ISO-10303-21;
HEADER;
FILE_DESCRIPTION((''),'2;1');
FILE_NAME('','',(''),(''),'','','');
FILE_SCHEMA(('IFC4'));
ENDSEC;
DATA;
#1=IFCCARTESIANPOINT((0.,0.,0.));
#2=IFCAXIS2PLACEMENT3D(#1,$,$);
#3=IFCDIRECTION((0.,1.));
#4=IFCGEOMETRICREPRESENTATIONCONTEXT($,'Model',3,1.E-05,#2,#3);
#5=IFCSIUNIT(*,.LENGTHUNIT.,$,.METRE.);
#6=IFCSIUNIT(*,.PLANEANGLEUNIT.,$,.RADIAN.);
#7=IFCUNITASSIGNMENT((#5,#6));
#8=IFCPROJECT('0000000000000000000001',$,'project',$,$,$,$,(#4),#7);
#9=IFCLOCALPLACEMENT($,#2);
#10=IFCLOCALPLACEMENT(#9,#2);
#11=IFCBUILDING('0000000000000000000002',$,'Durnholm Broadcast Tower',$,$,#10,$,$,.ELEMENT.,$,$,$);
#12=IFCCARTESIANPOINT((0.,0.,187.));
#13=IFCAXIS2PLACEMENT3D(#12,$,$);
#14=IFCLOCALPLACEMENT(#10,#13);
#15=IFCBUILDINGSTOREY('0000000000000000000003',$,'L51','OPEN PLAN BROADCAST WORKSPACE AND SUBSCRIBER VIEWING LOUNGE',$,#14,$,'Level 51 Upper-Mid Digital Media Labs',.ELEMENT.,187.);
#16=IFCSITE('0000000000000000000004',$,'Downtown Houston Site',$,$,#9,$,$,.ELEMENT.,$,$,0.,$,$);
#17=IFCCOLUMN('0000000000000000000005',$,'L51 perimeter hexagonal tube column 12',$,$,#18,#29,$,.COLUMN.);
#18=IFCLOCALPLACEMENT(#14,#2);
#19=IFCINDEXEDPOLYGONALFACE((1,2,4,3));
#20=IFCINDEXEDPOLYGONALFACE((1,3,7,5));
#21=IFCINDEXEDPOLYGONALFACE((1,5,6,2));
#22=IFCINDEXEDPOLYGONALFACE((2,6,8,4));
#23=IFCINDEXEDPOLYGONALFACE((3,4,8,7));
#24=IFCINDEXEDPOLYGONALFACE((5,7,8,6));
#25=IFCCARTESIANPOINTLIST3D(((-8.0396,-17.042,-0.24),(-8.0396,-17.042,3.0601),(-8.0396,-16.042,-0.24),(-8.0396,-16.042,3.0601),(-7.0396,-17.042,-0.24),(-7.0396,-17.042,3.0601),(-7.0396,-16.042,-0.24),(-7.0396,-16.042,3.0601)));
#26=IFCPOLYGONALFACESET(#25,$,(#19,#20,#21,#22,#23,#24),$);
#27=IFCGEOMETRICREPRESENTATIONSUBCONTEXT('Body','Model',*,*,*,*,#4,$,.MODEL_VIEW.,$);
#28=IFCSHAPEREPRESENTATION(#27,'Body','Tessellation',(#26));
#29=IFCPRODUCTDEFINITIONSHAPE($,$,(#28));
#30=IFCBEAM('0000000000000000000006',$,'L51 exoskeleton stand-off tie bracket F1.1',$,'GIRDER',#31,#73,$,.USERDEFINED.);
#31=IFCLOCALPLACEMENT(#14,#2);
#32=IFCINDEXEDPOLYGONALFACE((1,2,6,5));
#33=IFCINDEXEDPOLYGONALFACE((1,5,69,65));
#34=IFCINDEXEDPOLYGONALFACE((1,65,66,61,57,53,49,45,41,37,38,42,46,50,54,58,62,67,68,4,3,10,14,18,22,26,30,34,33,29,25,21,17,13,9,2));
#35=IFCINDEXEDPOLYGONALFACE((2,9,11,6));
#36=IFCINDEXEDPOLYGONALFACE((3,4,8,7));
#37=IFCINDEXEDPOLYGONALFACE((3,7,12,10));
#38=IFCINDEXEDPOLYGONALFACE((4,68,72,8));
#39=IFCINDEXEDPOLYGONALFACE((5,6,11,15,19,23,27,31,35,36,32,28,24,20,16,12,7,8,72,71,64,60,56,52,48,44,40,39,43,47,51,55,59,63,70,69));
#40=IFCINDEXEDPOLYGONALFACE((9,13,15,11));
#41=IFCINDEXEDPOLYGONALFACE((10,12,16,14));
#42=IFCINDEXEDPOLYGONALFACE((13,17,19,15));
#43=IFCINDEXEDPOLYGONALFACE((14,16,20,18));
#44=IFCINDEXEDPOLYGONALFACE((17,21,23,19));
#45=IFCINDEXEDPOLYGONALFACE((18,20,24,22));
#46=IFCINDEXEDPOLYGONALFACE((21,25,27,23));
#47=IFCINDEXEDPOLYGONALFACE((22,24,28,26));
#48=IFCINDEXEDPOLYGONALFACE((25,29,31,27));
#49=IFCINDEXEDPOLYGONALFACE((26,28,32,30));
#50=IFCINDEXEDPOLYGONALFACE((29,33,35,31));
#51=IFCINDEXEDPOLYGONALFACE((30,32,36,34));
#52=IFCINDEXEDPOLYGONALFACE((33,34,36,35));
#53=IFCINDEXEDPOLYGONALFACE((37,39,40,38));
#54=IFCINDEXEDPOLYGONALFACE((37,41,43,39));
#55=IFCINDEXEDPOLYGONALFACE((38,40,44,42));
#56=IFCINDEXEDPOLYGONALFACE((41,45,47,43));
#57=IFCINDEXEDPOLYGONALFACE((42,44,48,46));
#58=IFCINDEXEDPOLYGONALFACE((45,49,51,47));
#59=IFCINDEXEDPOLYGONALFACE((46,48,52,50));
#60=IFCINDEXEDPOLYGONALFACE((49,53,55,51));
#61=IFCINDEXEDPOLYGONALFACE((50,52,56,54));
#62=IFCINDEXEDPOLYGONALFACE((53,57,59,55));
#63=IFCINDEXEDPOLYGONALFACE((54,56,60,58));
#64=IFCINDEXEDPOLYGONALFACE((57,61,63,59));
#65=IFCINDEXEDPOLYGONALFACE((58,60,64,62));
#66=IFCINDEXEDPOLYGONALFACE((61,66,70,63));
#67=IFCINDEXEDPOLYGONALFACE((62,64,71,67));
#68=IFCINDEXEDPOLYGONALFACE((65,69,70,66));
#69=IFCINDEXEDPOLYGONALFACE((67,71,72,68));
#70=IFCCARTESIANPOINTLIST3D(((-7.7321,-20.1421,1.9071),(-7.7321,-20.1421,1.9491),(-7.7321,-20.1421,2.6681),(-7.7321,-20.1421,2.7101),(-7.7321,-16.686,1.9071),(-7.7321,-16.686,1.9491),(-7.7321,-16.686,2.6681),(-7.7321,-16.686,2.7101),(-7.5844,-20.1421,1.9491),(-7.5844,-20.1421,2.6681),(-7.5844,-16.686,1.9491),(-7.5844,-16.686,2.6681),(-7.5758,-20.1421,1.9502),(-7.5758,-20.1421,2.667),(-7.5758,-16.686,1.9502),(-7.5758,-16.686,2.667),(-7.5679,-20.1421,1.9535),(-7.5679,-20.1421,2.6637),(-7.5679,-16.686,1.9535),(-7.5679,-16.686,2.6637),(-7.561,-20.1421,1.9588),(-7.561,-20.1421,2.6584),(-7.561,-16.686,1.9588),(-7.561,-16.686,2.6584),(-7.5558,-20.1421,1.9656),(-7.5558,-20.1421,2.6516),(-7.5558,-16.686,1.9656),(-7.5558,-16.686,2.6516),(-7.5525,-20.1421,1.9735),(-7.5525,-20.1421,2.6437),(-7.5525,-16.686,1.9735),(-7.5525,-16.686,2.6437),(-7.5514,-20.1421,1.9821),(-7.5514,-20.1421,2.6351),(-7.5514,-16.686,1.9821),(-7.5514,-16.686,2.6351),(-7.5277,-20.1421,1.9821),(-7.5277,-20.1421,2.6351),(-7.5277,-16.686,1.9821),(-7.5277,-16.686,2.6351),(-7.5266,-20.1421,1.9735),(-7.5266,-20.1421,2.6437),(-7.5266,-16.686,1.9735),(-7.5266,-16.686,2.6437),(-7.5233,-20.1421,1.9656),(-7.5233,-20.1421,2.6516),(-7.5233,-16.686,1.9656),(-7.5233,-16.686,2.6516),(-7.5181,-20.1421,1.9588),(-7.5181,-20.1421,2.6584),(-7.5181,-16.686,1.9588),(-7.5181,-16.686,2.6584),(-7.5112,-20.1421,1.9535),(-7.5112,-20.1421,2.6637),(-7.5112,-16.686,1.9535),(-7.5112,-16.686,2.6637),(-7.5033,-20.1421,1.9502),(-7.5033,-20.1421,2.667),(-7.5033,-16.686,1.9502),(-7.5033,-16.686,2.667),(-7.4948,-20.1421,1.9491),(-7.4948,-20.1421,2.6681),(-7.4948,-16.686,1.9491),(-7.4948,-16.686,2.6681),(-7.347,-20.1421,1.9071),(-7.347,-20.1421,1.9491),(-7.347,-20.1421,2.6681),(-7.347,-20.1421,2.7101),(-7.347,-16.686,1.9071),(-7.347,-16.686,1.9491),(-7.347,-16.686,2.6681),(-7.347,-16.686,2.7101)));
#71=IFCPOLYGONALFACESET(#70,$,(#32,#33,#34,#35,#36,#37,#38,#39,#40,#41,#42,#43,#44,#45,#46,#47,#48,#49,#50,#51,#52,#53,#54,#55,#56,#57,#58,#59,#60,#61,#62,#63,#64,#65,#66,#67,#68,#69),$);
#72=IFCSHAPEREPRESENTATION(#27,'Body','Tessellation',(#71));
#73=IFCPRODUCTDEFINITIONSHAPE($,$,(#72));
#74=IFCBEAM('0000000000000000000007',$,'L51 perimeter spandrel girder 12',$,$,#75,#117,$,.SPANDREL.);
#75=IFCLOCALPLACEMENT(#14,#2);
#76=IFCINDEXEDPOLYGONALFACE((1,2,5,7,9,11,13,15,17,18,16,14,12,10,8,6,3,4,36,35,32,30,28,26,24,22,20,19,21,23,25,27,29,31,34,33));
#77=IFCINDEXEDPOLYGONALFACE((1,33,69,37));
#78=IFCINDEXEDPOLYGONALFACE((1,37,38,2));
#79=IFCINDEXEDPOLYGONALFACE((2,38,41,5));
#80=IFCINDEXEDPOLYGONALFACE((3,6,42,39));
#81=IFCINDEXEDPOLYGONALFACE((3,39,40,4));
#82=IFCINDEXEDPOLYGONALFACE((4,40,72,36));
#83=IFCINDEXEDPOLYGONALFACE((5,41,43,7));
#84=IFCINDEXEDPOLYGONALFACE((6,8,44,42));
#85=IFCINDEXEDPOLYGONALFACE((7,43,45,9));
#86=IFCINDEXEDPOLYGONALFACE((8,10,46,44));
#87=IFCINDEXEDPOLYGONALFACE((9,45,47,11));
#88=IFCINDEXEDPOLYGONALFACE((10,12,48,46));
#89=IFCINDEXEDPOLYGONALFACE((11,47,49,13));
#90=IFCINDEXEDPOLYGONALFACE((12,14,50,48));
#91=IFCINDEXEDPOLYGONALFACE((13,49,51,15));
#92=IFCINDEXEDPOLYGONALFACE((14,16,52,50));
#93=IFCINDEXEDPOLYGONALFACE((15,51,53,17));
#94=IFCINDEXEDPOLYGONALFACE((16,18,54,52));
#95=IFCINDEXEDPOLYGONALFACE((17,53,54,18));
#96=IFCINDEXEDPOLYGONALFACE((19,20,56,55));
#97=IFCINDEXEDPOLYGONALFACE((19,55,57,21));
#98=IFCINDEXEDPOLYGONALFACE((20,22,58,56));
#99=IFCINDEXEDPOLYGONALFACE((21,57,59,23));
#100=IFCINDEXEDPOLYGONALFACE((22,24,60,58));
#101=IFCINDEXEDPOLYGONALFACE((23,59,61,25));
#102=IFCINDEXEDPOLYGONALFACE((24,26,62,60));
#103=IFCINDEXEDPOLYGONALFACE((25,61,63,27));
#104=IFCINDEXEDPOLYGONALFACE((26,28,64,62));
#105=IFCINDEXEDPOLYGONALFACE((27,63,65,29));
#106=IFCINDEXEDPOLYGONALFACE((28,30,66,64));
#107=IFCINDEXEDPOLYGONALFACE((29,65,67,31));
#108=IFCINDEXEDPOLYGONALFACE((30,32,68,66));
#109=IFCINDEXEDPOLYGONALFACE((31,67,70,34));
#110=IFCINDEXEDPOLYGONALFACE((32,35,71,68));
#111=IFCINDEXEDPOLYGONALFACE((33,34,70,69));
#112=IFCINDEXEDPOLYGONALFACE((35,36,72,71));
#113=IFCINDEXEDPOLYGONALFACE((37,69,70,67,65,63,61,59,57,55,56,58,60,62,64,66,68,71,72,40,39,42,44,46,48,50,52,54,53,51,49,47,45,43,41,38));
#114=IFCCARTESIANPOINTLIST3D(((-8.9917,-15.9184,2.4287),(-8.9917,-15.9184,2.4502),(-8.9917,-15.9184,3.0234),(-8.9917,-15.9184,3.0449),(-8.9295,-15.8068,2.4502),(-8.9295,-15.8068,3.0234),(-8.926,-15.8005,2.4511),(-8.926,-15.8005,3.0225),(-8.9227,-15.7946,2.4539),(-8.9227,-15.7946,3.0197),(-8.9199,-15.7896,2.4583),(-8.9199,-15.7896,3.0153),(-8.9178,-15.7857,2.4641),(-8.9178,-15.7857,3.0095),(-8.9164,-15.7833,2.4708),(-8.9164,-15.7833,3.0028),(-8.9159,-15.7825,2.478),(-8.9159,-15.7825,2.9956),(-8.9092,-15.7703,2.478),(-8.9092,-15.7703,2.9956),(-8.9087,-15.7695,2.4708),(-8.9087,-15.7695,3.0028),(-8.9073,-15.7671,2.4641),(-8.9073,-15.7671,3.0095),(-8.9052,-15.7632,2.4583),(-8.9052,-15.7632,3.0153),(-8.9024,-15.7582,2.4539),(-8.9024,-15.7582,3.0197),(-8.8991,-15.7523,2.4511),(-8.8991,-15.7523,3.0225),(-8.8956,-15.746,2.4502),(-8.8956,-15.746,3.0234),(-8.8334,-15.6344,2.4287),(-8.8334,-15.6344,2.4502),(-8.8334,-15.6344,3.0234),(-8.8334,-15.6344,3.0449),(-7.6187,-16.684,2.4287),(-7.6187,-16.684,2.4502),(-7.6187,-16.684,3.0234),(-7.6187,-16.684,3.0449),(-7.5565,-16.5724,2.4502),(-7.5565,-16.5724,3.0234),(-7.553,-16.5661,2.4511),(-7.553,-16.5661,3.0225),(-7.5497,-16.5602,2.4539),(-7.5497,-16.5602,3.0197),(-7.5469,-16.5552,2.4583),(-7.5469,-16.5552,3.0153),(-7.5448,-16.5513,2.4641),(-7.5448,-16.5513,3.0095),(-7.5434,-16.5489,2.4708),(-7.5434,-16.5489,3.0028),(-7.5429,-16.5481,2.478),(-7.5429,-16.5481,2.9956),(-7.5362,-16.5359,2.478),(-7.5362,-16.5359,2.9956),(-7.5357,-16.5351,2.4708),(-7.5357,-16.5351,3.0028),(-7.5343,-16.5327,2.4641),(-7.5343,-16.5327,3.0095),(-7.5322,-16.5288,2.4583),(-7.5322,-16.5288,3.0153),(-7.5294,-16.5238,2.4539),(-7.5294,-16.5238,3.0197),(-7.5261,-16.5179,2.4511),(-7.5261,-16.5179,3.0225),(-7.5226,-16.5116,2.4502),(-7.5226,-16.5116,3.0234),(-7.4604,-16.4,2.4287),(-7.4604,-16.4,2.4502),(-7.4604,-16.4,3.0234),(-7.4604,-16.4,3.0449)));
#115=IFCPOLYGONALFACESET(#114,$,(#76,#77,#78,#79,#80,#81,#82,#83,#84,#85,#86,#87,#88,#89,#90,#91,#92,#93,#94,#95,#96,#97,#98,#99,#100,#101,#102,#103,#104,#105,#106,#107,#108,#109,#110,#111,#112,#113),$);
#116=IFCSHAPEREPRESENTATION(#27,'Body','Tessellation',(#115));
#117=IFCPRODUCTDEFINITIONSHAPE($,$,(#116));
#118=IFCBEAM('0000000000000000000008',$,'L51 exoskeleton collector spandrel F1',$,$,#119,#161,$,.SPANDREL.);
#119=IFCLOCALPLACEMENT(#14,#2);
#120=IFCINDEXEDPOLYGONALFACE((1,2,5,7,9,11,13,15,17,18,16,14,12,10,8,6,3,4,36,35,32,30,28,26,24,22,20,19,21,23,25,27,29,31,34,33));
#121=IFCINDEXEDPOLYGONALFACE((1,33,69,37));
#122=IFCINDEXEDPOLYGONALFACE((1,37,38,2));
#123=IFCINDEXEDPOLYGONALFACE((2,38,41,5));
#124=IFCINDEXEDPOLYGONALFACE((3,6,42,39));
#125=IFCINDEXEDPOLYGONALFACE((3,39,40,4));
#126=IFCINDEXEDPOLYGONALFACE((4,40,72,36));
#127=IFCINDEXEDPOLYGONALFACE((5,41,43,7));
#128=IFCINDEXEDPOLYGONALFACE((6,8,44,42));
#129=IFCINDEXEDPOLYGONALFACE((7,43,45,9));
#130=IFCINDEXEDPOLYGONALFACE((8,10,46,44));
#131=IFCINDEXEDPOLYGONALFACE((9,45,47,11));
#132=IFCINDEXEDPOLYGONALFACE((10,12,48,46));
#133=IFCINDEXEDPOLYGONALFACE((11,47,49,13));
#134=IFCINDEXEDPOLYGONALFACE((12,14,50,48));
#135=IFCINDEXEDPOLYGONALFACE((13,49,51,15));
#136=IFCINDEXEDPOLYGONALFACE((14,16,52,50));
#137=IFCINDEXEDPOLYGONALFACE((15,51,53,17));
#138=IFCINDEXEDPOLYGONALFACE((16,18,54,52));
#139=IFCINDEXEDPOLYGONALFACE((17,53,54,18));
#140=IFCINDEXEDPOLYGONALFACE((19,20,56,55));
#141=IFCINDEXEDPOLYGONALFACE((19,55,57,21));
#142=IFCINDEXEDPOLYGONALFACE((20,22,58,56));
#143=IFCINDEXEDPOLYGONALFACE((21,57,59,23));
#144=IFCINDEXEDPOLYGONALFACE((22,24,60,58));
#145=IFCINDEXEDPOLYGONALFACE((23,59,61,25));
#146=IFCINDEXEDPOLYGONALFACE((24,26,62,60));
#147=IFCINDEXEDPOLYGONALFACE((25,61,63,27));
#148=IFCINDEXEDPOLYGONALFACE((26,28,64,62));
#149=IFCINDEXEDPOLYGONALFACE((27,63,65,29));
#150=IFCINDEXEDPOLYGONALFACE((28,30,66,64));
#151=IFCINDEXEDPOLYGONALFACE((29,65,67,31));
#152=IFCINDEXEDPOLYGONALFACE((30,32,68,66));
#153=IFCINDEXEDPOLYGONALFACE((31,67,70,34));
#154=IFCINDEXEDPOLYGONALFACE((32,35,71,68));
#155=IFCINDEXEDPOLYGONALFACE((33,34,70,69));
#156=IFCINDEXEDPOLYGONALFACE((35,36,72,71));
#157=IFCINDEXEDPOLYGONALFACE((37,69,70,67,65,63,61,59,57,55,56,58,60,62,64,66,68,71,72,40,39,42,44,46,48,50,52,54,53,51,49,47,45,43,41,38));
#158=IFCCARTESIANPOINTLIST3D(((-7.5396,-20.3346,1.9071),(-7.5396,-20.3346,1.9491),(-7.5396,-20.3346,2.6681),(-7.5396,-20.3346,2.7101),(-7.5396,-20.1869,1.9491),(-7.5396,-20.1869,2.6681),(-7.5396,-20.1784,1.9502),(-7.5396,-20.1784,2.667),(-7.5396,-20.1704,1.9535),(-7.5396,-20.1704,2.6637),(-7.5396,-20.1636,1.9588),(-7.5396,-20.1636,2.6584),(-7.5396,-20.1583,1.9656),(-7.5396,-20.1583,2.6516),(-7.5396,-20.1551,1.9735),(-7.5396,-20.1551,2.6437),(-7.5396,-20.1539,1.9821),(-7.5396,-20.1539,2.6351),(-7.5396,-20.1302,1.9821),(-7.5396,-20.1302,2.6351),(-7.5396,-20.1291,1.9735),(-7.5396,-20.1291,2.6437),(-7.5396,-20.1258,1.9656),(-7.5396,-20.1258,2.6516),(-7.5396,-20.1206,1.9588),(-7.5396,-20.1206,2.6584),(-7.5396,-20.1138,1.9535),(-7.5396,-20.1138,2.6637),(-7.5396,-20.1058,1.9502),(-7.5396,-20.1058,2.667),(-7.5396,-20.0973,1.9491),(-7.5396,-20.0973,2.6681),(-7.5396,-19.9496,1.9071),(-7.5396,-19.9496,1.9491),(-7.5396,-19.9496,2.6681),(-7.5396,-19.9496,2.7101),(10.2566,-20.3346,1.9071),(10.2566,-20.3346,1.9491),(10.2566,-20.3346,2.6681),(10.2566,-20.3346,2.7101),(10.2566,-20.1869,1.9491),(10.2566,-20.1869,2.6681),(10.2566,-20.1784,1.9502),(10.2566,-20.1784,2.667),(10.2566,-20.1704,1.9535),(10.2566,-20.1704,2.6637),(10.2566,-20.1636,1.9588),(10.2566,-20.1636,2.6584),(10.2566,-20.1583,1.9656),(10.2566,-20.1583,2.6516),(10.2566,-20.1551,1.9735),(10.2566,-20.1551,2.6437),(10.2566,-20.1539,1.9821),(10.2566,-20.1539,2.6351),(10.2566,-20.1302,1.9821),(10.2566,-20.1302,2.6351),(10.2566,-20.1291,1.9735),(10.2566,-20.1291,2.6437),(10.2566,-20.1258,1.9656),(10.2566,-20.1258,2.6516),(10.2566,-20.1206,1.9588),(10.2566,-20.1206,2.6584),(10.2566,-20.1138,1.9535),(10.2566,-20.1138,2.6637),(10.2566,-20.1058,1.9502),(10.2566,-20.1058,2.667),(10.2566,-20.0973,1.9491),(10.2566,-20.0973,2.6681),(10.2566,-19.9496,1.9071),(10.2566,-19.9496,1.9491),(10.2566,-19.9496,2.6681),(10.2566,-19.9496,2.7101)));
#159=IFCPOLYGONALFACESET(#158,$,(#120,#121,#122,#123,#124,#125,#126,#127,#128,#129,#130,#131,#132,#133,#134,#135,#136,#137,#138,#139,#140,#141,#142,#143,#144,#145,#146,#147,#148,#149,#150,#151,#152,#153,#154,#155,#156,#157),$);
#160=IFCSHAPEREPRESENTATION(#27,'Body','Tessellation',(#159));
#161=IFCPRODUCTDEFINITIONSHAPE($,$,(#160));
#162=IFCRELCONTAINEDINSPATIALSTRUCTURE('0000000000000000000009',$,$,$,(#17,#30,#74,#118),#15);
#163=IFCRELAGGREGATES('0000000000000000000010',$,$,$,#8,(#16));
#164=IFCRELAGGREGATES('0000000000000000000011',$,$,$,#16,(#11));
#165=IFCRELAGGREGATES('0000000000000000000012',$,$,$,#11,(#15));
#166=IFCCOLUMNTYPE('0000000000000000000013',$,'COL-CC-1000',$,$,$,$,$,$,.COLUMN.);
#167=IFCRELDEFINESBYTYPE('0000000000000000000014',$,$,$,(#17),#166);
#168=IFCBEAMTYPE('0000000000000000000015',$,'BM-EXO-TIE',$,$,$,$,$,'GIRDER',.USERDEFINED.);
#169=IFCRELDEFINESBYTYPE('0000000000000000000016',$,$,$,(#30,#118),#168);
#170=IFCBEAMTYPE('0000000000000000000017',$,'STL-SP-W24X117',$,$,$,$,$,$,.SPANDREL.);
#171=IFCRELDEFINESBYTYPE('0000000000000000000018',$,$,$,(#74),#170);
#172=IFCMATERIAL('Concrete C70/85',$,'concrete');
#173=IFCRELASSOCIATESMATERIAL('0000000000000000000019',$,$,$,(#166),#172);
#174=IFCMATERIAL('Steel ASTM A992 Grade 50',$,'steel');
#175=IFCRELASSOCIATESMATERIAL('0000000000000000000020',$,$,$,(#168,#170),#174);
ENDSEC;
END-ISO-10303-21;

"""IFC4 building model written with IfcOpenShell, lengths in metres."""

from ifc_helpers import new_model, si_unit, direction, frame, origin, origin_2d, place, context, subcontext, project, spatial, rectangle, i_section, extrude, source, transform, mapped, material, material_profile, profile_set, type_object, type_shapes, element, save


model = new_model("IFC4")

# Units and contexts
model_context = context("Model", 3, precision=1e-05, world=origin(), true_north=direction((0.0, 1.0)))
body_context = subcontext(model_context, "Body", "Model", "MODEL_VIEW")
ifc_project = project(units=[si_unit("LENGTHUNIT", "METRE"), si_unit("PLANEANGLEUNIT", "RADIAN")], contexts=[model_context])

# Site, building, storey
site_placement = place(None, origin())
site = spatial("IfcSite", under=ifc_project, at=site_placement, Name="Downtown Houston Site", CompositionType="ELEMENT", RefElevation=0.0)
building_placement = place(site_placement, origin())
building = spatial("IfcBuilding", under=site, at=building_placement, Name="Durnholm Broadcast Tower", CompositionType="ELEMENT")
storey_placement = place(building_placement, frame((0.0, 0.0, 187.0)))
storey = spatial("IfcBuildingStorey", under=building, at=storey_placement, Name="L51", Description="OPEN PLAN BROADCAST WORKSPACE AND SUBSCRIBER VIEWING LOUNGE", LongName="Level 51 Upper-Mid Digital Media Labs", CompositionType="ELEMENT", Elevation=187.0)

# Column
ifc_material_1 = material(Name="Concrete C70/85", Category="concrete")
ifc_material_profile_1 = material_profile(ifc_material_1, rectangle(XDim=1.0, YDim=1.0, at=origin_2d()), Name="RC1000X1000")
ifc_profile_set_1 = profile_set([ifc_material_profile_1], Name="Concrete C70/85")
column_type = type_object("IfcColumnType", Name="COL-CC-1000", PredefinedType="COLUMN", material=ifc_profile_set_1)
shared_shape_1 = source(origin(), body_context, "Body", "SweptSolid", [
    extrude(rectangle(XDim=1.0, YDim=1.0, at=origin_2d()), origin(), (0.0, 0.0, 1.0), 3.3),
])
type_shapes(column_type, [shared_shape_1])
column_placement = place(storey_placement, frame((-7.5396, -16.542, -0.24), z_axis=(0.0, 0.0, 1.0), x_axis=(1.0, 0.0, 0.0)))
element("IfcColumn", 1, at=column_placement, inside=storey, type_object=column_type, Name="L51 perimeter hexagonal tube column 12", PredefinedType="COLUMN", context=body_context, shape_type="MappedRepresentation", body=[
    mapped(shared_shape_1, transform((0.0, 0.0, 0.0), x_axis=(1.0, 0.0, 0.0), y_axis=(0.0, 1.0, 0.0), z_axis=(0.0, 0.0, 1.0), scale=1.0)),
])

# Beams
ifc_material_2 = material(Name="Steel ASTM A992 Grade 50", Category="steel")
ifc_material_profile_2 = material_profile(ifc_material_2, i_section(OverallWidth=0.385, OverallDepth=0.803, WebThickness=0.0237, FlangeThickness=0.042, FilletRadius=0.033, at=origin_2d()), Name="W30X261")
ifc_profile_set_2 = profile_set([ifc_material_profile_2], Name="Steel ASTM A992 Grade 50")
beam_type_1 = type_object("IfcBeamType", Name="BM-EXO-TIE", ElementType="GIRDER", PredefinedType="USERDEFINED", material=ifc_profile_set_2)
shared_shape_2 = source(origin(), body_context, "Body", "SweptSolid", [
    extrude(i_section(OverallWidth=0.385, OverallDepth=0.803, WebThickness=0.0237, FlangeThickness=0.042, FilletRadius=0.033, at=origin_2d()), origin(), (0.0, 0.0, 1.0), 3.4561),
])
beam_1_placement = place(storey_placement, frame((-7.5396, -16.686, 2.3086), z_axis=(0.0, -1.0, 0.0), x_axis=(1.0, 0.0, 0.0)))
element("IfcBeam", 2, at=beam_1_placement, inside=storey, type_object=beam_type_1, Name="L51 exoskeleton stand-off tie bracket F1.1", ObjectType="GIRDER", PredefinedType="USERDEFINED", context=body_context, shape_type="MappedRepresentation", body=[
    mapped(shared_shape_2, transform((0.0, 0.0, 0.0), x_axis=(1.0, 0.0, 0.0), y_axis=(0.0, 1.0, 0.0), z_axis=(0.0, 0.0, 1.0), scale=1.0)),
])
ifc_material_profile_3 = material_profile(ifc_material_2, i_section(OverallWidth=0.3252, OverallDepth=0.6162, WebThickness=0.0139, FlangeThickness=0.0215, FilletRadius=0.0278, at=origin_2d()), Name="W24X117")
ifc_profile_set_3 = profile_set([ifc_material_profile_3], Name="Steel ASTM A992 Grade 50")
beam_type_2 = type_object("IfcBeamType", Name="STL-SP-W24X117", PredefinedType="SPANDREL", material=ifc_profile_set_3)
shared_shape_3 = source(origin(), body_context, "Body", "SweptSolid", [
    extrude(i_section(OverallWidth=0.3252, OverallDepth=0.6162, WebThickness=0.0139, FlangeThickness=0.0215, FilletRadius=0.0278, at=origin_2d()), origin(), (0.0, 0.0, 1.0), 1.572),
])
type_shapes(beam_type_2, [shared_shape_3])
beam_2_placement = place(storey_placement, frame((-7.5396, -16.542, 2.7368), z_axis=(-0.873394, 0.487014, 0.0), x_axis=(-0.487014, -0.873394, 0.0)))
element("IfcBeam", 3, at=beam_2_placement, inside=storey, type_object=beam_type_2, Name="L51 perimeter spandrel girder 12", PredefinedType="SPANDREL", context=body_context, shape_type="MappedRepresentation", body=[
    mapped(shared_shape_3, transform((0.0, 0.0, 0.0), x_axis=(1.0, 0.0, 0.0), y_axis=(0.0, 1.0, 0.0), z_axis=(0.0, 0.0, 1.0), scale=1.0)),
])
shared_shape_4 = source(origin(), body_context, "Body", "SweptSolid", [
    extrude(i_section(OverallWidth=0.385, OverallDepth=0.803, WebThickness=0.0237, FlangeThickness=0.042, FilletRadius=0.033, at=origin_2d()), origin(), (0.0, 0.0, 1.0), 17.7961),
])
type_shapes(beam_type_1, [shared_shape_2, shared_shape_4])
beam_3_placement = place(storey_placement, frame((-7.5396, -20.1421, 2.3086), z_axis=(1.0, 0.0, 0.0), x_axis=(0.0, 1.0, 0.0)))
element("IfcBeam", 4, at=beam_3_placement, inside=storey, type_object=beam_type_1, Name="L51 exoskeleton collector spandrel F1", PredefinedType="SPANDREL", context=body_context, shape_type="MappedRepresentation", body=[
    mapped(shared_shape_4, transform((0.0, 0.0, 0.0), x_axis=(1.0, 0.0, 0.0), y_axis=(0.0, 1.0, 0.0), z_axis=(0.0, 0.0, 1.0), scale=1.0)),
])

save(model, "model.ifc")
